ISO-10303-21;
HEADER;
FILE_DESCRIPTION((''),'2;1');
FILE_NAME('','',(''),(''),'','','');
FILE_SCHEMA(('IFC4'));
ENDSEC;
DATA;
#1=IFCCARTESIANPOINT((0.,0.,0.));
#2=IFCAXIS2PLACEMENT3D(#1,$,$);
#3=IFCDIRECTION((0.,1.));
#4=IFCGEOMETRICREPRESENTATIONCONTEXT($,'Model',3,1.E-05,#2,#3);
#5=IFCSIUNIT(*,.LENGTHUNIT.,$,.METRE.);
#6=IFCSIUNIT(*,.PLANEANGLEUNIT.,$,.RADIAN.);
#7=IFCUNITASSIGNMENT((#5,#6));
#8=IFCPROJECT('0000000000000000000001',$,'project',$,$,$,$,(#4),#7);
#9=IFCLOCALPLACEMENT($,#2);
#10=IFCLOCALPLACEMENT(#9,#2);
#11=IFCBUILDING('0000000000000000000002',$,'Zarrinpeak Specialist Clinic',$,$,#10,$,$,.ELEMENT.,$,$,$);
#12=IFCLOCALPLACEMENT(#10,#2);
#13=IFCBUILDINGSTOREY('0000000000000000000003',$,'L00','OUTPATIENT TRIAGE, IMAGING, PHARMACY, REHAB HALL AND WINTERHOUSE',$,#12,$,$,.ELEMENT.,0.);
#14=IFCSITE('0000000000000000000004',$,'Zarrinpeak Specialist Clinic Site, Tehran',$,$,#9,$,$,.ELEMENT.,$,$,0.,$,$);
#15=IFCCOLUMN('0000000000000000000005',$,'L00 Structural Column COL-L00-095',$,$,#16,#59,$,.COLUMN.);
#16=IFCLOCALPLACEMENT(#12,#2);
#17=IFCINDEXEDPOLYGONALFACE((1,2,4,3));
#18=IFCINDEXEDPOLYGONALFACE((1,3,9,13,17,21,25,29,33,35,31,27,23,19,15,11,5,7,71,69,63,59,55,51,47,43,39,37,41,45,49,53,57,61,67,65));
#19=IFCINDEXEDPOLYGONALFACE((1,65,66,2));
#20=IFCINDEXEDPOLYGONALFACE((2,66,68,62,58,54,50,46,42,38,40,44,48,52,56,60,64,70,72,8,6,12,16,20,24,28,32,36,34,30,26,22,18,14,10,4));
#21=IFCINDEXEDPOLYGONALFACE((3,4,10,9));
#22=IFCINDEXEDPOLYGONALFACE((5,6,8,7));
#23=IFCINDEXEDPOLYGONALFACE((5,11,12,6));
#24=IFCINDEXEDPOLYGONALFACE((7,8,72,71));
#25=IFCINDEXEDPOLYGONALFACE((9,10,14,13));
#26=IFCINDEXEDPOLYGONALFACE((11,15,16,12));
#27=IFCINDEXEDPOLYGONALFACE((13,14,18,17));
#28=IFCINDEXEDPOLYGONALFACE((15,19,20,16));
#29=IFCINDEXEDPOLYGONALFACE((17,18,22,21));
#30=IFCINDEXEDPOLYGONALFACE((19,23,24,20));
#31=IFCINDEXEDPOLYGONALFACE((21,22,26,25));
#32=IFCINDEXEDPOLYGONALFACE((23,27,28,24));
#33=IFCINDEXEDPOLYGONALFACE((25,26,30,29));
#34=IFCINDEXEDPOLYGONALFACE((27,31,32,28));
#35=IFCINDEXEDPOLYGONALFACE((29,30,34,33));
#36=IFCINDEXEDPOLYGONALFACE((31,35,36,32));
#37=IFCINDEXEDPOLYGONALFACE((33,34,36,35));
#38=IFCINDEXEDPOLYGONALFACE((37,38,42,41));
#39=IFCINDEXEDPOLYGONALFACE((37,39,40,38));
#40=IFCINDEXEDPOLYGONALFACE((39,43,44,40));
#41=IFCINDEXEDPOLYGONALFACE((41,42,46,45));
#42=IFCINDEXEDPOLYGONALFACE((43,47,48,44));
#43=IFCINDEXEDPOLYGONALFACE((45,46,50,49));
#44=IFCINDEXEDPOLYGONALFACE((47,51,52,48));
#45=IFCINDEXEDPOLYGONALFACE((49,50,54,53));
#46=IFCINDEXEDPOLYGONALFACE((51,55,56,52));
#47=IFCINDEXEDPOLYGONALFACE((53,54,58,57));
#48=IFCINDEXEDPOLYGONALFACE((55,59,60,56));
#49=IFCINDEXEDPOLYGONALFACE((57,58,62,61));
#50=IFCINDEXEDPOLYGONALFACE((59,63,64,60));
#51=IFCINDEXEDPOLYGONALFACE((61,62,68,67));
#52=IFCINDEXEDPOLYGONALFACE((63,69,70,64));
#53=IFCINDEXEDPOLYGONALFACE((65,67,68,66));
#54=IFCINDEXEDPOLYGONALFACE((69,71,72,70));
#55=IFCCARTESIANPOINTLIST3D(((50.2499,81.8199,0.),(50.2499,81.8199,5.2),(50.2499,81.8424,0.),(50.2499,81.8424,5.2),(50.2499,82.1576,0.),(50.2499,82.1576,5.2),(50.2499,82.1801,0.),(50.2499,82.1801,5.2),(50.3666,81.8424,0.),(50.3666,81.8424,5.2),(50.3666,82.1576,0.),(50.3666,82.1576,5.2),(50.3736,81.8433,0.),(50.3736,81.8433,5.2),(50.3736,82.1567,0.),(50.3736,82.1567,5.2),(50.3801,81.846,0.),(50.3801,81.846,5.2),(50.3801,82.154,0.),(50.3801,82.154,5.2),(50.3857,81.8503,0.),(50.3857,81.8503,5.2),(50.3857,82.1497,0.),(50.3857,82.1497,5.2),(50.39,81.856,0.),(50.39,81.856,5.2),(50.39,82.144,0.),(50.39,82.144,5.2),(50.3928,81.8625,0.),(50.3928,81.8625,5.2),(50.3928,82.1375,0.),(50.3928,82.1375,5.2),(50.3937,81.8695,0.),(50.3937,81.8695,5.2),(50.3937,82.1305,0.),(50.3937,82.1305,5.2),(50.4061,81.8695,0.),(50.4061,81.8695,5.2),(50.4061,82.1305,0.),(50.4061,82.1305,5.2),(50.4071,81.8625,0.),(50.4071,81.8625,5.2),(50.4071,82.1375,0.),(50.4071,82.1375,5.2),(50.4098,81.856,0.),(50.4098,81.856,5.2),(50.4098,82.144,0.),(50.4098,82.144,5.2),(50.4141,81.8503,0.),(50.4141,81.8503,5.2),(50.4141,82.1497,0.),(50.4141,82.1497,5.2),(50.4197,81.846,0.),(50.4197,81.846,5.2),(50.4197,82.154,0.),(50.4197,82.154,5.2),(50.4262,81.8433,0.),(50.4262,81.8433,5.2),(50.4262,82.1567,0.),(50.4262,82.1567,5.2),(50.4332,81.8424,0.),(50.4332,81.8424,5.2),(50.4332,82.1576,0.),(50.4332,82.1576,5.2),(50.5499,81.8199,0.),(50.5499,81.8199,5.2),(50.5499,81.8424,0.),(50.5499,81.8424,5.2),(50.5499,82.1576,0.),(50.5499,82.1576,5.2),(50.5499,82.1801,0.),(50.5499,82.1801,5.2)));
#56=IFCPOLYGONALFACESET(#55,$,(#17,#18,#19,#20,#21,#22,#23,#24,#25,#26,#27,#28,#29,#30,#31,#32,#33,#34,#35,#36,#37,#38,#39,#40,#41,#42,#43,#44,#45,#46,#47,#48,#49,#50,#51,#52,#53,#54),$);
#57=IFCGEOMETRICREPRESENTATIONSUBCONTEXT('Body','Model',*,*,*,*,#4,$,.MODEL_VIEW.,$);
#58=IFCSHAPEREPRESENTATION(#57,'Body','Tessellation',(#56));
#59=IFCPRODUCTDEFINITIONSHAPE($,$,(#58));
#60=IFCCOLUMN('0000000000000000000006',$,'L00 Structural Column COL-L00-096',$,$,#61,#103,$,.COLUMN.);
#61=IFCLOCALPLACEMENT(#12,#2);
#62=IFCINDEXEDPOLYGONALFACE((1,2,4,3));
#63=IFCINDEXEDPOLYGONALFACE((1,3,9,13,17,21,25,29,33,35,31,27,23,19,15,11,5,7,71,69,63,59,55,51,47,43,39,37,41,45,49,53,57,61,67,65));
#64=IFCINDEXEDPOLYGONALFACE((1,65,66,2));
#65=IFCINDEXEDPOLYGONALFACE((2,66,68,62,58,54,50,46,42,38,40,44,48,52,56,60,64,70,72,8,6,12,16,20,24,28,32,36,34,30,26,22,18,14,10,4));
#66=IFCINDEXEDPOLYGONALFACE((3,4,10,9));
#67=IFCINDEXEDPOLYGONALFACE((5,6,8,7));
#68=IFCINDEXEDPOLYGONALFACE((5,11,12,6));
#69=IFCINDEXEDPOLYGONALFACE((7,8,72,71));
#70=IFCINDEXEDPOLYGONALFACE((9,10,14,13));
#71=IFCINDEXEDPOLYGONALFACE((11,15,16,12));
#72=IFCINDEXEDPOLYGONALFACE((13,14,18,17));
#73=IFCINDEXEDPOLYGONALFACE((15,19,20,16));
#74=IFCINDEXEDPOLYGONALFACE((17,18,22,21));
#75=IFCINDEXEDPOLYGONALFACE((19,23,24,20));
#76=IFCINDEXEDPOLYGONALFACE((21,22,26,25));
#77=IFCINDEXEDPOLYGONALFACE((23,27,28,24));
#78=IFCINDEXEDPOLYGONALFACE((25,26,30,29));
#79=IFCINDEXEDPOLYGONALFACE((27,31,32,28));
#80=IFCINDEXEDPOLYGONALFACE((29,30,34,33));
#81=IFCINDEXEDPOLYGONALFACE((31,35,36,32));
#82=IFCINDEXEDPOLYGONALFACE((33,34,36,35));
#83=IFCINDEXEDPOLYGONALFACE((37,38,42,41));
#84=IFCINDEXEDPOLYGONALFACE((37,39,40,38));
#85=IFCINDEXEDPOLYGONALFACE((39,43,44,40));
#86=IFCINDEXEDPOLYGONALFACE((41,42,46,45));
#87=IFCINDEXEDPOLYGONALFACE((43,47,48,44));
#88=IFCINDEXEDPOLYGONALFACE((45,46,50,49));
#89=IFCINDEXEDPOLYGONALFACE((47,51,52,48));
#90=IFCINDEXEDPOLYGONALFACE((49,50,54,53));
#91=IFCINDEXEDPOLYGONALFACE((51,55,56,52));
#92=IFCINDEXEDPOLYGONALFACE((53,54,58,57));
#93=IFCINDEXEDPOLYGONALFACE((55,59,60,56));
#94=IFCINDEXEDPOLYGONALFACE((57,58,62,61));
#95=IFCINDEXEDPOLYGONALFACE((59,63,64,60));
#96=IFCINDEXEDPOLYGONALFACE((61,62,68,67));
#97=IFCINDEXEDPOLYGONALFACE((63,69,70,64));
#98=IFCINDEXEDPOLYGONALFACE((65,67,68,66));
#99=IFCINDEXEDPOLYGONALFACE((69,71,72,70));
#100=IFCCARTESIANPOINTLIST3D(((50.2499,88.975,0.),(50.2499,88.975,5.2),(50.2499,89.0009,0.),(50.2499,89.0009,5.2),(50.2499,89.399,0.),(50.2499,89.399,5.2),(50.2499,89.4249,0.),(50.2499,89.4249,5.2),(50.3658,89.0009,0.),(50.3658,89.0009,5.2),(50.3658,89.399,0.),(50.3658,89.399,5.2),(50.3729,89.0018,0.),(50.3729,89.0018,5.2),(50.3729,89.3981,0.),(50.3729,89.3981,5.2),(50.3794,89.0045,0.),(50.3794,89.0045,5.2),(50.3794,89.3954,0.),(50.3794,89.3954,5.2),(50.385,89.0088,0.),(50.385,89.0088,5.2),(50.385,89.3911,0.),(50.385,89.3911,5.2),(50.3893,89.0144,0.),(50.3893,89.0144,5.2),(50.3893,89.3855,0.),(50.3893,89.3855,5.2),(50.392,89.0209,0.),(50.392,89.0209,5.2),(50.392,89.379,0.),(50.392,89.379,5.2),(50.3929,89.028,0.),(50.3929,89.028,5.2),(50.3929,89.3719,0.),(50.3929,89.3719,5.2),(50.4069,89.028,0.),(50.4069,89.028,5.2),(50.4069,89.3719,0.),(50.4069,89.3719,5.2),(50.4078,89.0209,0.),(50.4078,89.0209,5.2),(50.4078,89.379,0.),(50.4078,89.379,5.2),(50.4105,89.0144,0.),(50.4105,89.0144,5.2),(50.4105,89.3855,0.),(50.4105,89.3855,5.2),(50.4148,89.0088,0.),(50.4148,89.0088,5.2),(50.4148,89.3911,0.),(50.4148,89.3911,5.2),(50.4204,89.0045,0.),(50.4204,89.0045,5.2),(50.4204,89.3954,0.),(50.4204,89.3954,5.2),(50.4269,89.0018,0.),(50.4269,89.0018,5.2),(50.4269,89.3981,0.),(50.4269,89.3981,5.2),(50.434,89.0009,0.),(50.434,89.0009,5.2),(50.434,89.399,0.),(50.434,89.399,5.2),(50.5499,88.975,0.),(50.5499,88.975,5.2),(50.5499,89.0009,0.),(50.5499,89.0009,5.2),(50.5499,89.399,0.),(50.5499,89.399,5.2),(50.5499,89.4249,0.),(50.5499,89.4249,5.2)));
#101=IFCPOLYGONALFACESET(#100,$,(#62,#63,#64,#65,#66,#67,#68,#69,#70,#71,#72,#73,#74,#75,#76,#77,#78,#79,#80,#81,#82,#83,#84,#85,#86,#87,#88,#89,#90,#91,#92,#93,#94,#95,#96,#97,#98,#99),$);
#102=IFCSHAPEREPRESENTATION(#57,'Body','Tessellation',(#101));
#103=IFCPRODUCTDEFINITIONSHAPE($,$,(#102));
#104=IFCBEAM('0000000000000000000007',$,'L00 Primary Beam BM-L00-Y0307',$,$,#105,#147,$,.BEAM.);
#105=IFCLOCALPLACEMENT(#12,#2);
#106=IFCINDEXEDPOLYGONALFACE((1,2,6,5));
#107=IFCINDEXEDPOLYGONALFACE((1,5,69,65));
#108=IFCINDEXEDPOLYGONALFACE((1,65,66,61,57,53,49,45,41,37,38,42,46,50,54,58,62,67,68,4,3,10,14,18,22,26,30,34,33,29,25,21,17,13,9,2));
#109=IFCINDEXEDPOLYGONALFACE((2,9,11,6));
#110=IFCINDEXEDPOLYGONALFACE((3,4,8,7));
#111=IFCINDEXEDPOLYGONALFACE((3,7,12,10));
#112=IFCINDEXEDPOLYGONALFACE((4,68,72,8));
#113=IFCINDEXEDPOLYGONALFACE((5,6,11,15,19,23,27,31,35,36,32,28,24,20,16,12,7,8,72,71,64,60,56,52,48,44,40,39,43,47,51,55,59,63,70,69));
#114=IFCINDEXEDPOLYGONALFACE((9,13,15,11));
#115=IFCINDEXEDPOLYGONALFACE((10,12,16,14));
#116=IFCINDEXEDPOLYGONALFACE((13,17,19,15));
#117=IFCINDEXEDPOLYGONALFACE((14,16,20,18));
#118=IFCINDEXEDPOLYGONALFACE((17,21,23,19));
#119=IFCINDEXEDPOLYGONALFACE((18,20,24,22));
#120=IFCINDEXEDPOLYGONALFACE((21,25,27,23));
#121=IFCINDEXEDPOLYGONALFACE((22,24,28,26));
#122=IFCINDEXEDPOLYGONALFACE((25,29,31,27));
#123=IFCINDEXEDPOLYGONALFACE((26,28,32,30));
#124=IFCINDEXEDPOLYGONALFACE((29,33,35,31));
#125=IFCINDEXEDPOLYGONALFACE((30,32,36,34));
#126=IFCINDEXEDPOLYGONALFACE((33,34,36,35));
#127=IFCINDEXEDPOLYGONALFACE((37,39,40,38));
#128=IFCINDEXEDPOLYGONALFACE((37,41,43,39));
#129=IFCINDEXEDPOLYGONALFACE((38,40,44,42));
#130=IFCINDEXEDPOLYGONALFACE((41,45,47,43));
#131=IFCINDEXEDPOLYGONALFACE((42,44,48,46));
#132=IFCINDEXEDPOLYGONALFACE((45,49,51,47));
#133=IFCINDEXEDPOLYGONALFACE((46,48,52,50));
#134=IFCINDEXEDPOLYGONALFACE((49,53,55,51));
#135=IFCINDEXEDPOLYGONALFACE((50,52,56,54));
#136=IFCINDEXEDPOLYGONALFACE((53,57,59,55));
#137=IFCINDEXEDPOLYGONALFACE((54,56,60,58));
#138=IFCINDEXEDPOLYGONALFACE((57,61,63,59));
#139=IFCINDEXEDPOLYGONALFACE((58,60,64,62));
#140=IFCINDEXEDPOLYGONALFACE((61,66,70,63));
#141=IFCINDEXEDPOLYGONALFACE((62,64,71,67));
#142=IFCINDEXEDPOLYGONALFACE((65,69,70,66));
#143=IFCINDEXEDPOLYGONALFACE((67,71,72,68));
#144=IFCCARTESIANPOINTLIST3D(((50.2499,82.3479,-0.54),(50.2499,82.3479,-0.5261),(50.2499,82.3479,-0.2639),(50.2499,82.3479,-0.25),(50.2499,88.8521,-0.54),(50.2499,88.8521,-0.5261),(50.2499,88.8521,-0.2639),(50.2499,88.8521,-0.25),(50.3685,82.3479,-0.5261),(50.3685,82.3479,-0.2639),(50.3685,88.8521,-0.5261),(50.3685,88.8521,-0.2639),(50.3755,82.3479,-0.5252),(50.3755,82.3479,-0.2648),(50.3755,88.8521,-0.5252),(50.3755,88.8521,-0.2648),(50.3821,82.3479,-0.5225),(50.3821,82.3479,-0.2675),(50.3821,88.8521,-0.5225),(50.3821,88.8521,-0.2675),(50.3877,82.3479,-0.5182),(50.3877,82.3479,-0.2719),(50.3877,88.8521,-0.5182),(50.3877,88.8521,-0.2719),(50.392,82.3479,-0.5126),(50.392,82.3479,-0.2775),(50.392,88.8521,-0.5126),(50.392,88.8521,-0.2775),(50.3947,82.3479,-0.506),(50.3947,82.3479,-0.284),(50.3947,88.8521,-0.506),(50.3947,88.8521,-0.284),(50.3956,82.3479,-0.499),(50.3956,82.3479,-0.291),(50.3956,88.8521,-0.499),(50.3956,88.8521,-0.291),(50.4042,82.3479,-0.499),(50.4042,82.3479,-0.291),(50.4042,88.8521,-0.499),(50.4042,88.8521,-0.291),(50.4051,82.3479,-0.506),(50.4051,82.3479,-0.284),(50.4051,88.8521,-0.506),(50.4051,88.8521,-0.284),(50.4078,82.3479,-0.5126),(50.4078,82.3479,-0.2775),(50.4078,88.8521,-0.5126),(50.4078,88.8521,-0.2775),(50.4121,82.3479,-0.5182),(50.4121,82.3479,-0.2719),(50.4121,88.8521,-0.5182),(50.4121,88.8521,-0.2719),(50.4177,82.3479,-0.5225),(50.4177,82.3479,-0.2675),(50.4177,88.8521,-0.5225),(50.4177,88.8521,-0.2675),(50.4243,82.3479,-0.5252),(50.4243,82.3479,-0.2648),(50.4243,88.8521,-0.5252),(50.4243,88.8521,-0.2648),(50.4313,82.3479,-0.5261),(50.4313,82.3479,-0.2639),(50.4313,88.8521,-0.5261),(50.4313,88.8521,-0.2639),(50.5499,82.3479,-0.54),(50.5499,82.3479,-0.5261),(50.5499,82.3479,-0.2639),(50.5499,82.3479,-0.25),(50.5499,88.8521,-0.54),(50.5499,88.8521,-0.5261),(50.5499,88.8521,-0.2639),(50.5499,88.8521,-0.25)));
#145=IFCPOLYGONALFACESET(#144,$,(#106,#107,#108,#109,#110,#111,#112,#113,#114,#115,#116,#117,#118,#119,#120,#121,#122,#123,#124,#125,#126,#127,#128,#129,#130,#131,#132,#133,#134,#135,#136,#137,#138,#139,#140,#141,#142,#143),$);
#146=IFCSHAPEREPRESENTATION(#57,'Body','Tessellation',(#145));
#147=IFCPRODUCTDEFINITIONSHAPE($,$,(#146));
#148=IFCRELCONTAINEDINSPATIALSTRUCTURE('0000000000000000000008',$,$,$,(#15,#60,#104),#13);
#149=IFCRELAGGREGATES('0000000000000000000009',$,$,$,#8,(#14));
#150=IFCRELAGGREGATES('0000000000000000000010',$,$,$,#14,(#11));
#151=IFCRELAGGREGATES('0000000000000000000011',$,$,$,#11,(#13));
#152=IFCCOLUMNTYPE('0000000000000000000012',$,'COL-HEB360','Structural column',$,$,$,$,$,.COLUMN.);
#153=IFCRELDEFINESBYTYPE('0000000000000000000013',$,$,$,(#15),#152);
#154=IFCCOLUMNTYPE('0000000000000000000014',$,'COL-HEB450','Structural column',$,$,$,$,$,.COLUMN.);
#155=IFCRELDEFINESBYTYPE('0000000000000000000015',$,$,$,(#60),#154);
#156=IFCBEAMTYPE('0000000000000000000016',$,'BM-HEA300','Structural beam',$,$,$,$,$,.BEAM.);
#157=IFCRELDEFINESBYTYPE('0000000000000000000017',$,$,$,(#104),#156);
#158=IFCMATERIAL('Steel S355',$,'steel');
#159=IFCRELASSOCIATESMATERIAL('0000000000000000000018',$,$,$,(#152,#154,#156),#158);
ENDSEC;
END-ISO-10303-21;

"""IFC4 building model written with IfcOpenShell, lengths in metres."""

from ifc_helpers import new_model, si_unit, direction, frame, origin, origin_2d, place, context, subcontext, project, spatial, i_section, extrude, material, material_profile, profile_set, type_object, element, save


model = new_model("IFC4")

# Units and contexts
model_context = context("Model", 3, precision=1e-05, world=origin(), true_north=direction((0.0, 1.0)))
body_context = subcontext(model_context, "Body", "Model", "MODEL_VIEW")
ifc_project = project(units=[si_unit("LENGTHUNIT", "METRE"), si_unit("PLANEANGLEUNIT", "RADIAN")], contexts=[model_context])

# Site, building, storey
site_placement = place(None, origin())
site = spatial("IfcSite", under=ifc_project, at=site_placement, Name="Zarrinpeak Specialist Clinic Site, Tehran", CompositionType="ELEMENT", RefElevation=0.0)
building_placement = place(site_placement, origin())
building = spatial("IfcBuilding", under=site, at=building_placement, Name="Zarrinpeak Specialist Clinic", CompositionType="ELEMENT")
storey_placement = place(building_placement, origin())
storey = spatial("IfcBuildingStorey", under=building, at=storey_placement, Name="L00", Description="OUTPATIENT TRIAGE, IMAGING, PHARMACY, REHAB HALL AND WINTERHOUSE", CompositionType="ELEMENT", Elevation=0.0)

# Columns
ifc_material_1 = material(Name="Steel S355", Category="steel")
ifc_material_profile_1 = material_profile(ifc_material_1, i_section(OverallWidth=0.3, OverallDepth=0.3601, WebThickness=0.0125, FlangeThickness=0.0225, FilletRadius=0.0271, at=origin_2d()), Name="HEB 360")
ifc_profile_set_1 = profile_set([ifc_material_profile_1], Name="Steel S355")
column_type_1 = type_object("IfcColumnType", Name="COL-HEB360", Description="Structural column", PredefinedType="COLUMN", material=ifc_profile_set_1)
column_1_placement = place(storey_placement, frame((50.3999, 82.0, 0.0), z_axis=(0.0, 0.0, 1.0), x_axis=(1.0, 0.0, 0.0)))
element("IfcColumn", 1, at=column_1_placement, inside=storey, type_object=column_type_1, Name="L00 Structural Column COL-L00-095", PredefinedType="COLUMN", context=body_context, shape_type="SweptSolid", body=[
    extrude(i_section(OverallWidth=0.3, OverallDepth=0.3601, WebThickness=0.0125, FlangeThickness=0.0225, FilletRadius=0.0271, at=origin_2d()), origin(), (0.0, 0.0, 1.0), 5.2),
])
ifc_material_profile_2 = material_profile(ifc_material_1, i_section(OverallWidth=0.3, OverallDepth=0.45, WebThickness=0.0139, FlangeThickness=0.0259, FilletRadius=0.0271, at=origin_2d()), Name="HEB 450")
ifc_profile_set_2 = profile_set([ifc_material_profile_2], Name="Steel S355")
column_type_2 = type_object("IfcColumnType", Name="COL-HEB450", Description="Structural column", PredefinedType="COLUMN", material=ifc_profile_set_2)
column_2_placement = place(storey_placement, frame((50.3999, 89.2, 0.0), z_axis=(0.0, 0.0, 1.0), x_axis=(1.0, 0.0, 0.0)))
element("IfcColumn", 2, at=column_2_placement, inside=storey, type_object=column_type_2, Name="L00 Structural Column COL-L00-096", PredefinedType="COLUMN", context=body_context, shape_type="SweptSolid", body=[
    extrude(i_section(OverallWidth=0.3, OverallDepth=0.45, WebThickness=0.0139, FlangeThickness=0.0259, FilletRadius=0.0271, at=origin_2d()), origin(), (0.0, 0.0, 1.0), 5.2),
])

# Beam
ifc_material_profile_3 = material_profile(ifc_material_1, i_section(OverallWidth=0.3, OverallDepth=0.29, WebThickness=0.0085, FlangeThickness=0.0139, FilletRadius=0.0271, at=origin_2d()), Name="HEA 300")
ifc_profile_set_3 = profile_set([ifc_material_profile_3], Name="Steel S355")
beam_type_1 = type_object("IfcBeamType", Name="BM-HEA300", Description="Structural beam", PredefinedType="BEAM", material=ifc_profile_set_3)
beam_1_placement = place(storey_placement, frame((50.3999, 82.3479, -0.395), z_axis=(0.0, 1.0, 0.0), x_axis=(-1.0, 0.0, 0.0)))
element("IfcBeam", 3, at=beam_1_placement, inside=storey, type_object=beam_type_1, Name="L00 Primary Beam BM-L00-Y0307", PredefinedType="BEAM", context=body_context, shape_type="SweptSolid", body=[
    extrude(i_section(OverallWidth=0.3, OverallDepth=0.29, WebThickness=0.0085, FlangeThickness=0.0139, FilletRadius=0.0271, at=origin_2d()), origin(), (0.0, 0.0, 1.0), 6.5042),
])

save(model, "model.ifc")
